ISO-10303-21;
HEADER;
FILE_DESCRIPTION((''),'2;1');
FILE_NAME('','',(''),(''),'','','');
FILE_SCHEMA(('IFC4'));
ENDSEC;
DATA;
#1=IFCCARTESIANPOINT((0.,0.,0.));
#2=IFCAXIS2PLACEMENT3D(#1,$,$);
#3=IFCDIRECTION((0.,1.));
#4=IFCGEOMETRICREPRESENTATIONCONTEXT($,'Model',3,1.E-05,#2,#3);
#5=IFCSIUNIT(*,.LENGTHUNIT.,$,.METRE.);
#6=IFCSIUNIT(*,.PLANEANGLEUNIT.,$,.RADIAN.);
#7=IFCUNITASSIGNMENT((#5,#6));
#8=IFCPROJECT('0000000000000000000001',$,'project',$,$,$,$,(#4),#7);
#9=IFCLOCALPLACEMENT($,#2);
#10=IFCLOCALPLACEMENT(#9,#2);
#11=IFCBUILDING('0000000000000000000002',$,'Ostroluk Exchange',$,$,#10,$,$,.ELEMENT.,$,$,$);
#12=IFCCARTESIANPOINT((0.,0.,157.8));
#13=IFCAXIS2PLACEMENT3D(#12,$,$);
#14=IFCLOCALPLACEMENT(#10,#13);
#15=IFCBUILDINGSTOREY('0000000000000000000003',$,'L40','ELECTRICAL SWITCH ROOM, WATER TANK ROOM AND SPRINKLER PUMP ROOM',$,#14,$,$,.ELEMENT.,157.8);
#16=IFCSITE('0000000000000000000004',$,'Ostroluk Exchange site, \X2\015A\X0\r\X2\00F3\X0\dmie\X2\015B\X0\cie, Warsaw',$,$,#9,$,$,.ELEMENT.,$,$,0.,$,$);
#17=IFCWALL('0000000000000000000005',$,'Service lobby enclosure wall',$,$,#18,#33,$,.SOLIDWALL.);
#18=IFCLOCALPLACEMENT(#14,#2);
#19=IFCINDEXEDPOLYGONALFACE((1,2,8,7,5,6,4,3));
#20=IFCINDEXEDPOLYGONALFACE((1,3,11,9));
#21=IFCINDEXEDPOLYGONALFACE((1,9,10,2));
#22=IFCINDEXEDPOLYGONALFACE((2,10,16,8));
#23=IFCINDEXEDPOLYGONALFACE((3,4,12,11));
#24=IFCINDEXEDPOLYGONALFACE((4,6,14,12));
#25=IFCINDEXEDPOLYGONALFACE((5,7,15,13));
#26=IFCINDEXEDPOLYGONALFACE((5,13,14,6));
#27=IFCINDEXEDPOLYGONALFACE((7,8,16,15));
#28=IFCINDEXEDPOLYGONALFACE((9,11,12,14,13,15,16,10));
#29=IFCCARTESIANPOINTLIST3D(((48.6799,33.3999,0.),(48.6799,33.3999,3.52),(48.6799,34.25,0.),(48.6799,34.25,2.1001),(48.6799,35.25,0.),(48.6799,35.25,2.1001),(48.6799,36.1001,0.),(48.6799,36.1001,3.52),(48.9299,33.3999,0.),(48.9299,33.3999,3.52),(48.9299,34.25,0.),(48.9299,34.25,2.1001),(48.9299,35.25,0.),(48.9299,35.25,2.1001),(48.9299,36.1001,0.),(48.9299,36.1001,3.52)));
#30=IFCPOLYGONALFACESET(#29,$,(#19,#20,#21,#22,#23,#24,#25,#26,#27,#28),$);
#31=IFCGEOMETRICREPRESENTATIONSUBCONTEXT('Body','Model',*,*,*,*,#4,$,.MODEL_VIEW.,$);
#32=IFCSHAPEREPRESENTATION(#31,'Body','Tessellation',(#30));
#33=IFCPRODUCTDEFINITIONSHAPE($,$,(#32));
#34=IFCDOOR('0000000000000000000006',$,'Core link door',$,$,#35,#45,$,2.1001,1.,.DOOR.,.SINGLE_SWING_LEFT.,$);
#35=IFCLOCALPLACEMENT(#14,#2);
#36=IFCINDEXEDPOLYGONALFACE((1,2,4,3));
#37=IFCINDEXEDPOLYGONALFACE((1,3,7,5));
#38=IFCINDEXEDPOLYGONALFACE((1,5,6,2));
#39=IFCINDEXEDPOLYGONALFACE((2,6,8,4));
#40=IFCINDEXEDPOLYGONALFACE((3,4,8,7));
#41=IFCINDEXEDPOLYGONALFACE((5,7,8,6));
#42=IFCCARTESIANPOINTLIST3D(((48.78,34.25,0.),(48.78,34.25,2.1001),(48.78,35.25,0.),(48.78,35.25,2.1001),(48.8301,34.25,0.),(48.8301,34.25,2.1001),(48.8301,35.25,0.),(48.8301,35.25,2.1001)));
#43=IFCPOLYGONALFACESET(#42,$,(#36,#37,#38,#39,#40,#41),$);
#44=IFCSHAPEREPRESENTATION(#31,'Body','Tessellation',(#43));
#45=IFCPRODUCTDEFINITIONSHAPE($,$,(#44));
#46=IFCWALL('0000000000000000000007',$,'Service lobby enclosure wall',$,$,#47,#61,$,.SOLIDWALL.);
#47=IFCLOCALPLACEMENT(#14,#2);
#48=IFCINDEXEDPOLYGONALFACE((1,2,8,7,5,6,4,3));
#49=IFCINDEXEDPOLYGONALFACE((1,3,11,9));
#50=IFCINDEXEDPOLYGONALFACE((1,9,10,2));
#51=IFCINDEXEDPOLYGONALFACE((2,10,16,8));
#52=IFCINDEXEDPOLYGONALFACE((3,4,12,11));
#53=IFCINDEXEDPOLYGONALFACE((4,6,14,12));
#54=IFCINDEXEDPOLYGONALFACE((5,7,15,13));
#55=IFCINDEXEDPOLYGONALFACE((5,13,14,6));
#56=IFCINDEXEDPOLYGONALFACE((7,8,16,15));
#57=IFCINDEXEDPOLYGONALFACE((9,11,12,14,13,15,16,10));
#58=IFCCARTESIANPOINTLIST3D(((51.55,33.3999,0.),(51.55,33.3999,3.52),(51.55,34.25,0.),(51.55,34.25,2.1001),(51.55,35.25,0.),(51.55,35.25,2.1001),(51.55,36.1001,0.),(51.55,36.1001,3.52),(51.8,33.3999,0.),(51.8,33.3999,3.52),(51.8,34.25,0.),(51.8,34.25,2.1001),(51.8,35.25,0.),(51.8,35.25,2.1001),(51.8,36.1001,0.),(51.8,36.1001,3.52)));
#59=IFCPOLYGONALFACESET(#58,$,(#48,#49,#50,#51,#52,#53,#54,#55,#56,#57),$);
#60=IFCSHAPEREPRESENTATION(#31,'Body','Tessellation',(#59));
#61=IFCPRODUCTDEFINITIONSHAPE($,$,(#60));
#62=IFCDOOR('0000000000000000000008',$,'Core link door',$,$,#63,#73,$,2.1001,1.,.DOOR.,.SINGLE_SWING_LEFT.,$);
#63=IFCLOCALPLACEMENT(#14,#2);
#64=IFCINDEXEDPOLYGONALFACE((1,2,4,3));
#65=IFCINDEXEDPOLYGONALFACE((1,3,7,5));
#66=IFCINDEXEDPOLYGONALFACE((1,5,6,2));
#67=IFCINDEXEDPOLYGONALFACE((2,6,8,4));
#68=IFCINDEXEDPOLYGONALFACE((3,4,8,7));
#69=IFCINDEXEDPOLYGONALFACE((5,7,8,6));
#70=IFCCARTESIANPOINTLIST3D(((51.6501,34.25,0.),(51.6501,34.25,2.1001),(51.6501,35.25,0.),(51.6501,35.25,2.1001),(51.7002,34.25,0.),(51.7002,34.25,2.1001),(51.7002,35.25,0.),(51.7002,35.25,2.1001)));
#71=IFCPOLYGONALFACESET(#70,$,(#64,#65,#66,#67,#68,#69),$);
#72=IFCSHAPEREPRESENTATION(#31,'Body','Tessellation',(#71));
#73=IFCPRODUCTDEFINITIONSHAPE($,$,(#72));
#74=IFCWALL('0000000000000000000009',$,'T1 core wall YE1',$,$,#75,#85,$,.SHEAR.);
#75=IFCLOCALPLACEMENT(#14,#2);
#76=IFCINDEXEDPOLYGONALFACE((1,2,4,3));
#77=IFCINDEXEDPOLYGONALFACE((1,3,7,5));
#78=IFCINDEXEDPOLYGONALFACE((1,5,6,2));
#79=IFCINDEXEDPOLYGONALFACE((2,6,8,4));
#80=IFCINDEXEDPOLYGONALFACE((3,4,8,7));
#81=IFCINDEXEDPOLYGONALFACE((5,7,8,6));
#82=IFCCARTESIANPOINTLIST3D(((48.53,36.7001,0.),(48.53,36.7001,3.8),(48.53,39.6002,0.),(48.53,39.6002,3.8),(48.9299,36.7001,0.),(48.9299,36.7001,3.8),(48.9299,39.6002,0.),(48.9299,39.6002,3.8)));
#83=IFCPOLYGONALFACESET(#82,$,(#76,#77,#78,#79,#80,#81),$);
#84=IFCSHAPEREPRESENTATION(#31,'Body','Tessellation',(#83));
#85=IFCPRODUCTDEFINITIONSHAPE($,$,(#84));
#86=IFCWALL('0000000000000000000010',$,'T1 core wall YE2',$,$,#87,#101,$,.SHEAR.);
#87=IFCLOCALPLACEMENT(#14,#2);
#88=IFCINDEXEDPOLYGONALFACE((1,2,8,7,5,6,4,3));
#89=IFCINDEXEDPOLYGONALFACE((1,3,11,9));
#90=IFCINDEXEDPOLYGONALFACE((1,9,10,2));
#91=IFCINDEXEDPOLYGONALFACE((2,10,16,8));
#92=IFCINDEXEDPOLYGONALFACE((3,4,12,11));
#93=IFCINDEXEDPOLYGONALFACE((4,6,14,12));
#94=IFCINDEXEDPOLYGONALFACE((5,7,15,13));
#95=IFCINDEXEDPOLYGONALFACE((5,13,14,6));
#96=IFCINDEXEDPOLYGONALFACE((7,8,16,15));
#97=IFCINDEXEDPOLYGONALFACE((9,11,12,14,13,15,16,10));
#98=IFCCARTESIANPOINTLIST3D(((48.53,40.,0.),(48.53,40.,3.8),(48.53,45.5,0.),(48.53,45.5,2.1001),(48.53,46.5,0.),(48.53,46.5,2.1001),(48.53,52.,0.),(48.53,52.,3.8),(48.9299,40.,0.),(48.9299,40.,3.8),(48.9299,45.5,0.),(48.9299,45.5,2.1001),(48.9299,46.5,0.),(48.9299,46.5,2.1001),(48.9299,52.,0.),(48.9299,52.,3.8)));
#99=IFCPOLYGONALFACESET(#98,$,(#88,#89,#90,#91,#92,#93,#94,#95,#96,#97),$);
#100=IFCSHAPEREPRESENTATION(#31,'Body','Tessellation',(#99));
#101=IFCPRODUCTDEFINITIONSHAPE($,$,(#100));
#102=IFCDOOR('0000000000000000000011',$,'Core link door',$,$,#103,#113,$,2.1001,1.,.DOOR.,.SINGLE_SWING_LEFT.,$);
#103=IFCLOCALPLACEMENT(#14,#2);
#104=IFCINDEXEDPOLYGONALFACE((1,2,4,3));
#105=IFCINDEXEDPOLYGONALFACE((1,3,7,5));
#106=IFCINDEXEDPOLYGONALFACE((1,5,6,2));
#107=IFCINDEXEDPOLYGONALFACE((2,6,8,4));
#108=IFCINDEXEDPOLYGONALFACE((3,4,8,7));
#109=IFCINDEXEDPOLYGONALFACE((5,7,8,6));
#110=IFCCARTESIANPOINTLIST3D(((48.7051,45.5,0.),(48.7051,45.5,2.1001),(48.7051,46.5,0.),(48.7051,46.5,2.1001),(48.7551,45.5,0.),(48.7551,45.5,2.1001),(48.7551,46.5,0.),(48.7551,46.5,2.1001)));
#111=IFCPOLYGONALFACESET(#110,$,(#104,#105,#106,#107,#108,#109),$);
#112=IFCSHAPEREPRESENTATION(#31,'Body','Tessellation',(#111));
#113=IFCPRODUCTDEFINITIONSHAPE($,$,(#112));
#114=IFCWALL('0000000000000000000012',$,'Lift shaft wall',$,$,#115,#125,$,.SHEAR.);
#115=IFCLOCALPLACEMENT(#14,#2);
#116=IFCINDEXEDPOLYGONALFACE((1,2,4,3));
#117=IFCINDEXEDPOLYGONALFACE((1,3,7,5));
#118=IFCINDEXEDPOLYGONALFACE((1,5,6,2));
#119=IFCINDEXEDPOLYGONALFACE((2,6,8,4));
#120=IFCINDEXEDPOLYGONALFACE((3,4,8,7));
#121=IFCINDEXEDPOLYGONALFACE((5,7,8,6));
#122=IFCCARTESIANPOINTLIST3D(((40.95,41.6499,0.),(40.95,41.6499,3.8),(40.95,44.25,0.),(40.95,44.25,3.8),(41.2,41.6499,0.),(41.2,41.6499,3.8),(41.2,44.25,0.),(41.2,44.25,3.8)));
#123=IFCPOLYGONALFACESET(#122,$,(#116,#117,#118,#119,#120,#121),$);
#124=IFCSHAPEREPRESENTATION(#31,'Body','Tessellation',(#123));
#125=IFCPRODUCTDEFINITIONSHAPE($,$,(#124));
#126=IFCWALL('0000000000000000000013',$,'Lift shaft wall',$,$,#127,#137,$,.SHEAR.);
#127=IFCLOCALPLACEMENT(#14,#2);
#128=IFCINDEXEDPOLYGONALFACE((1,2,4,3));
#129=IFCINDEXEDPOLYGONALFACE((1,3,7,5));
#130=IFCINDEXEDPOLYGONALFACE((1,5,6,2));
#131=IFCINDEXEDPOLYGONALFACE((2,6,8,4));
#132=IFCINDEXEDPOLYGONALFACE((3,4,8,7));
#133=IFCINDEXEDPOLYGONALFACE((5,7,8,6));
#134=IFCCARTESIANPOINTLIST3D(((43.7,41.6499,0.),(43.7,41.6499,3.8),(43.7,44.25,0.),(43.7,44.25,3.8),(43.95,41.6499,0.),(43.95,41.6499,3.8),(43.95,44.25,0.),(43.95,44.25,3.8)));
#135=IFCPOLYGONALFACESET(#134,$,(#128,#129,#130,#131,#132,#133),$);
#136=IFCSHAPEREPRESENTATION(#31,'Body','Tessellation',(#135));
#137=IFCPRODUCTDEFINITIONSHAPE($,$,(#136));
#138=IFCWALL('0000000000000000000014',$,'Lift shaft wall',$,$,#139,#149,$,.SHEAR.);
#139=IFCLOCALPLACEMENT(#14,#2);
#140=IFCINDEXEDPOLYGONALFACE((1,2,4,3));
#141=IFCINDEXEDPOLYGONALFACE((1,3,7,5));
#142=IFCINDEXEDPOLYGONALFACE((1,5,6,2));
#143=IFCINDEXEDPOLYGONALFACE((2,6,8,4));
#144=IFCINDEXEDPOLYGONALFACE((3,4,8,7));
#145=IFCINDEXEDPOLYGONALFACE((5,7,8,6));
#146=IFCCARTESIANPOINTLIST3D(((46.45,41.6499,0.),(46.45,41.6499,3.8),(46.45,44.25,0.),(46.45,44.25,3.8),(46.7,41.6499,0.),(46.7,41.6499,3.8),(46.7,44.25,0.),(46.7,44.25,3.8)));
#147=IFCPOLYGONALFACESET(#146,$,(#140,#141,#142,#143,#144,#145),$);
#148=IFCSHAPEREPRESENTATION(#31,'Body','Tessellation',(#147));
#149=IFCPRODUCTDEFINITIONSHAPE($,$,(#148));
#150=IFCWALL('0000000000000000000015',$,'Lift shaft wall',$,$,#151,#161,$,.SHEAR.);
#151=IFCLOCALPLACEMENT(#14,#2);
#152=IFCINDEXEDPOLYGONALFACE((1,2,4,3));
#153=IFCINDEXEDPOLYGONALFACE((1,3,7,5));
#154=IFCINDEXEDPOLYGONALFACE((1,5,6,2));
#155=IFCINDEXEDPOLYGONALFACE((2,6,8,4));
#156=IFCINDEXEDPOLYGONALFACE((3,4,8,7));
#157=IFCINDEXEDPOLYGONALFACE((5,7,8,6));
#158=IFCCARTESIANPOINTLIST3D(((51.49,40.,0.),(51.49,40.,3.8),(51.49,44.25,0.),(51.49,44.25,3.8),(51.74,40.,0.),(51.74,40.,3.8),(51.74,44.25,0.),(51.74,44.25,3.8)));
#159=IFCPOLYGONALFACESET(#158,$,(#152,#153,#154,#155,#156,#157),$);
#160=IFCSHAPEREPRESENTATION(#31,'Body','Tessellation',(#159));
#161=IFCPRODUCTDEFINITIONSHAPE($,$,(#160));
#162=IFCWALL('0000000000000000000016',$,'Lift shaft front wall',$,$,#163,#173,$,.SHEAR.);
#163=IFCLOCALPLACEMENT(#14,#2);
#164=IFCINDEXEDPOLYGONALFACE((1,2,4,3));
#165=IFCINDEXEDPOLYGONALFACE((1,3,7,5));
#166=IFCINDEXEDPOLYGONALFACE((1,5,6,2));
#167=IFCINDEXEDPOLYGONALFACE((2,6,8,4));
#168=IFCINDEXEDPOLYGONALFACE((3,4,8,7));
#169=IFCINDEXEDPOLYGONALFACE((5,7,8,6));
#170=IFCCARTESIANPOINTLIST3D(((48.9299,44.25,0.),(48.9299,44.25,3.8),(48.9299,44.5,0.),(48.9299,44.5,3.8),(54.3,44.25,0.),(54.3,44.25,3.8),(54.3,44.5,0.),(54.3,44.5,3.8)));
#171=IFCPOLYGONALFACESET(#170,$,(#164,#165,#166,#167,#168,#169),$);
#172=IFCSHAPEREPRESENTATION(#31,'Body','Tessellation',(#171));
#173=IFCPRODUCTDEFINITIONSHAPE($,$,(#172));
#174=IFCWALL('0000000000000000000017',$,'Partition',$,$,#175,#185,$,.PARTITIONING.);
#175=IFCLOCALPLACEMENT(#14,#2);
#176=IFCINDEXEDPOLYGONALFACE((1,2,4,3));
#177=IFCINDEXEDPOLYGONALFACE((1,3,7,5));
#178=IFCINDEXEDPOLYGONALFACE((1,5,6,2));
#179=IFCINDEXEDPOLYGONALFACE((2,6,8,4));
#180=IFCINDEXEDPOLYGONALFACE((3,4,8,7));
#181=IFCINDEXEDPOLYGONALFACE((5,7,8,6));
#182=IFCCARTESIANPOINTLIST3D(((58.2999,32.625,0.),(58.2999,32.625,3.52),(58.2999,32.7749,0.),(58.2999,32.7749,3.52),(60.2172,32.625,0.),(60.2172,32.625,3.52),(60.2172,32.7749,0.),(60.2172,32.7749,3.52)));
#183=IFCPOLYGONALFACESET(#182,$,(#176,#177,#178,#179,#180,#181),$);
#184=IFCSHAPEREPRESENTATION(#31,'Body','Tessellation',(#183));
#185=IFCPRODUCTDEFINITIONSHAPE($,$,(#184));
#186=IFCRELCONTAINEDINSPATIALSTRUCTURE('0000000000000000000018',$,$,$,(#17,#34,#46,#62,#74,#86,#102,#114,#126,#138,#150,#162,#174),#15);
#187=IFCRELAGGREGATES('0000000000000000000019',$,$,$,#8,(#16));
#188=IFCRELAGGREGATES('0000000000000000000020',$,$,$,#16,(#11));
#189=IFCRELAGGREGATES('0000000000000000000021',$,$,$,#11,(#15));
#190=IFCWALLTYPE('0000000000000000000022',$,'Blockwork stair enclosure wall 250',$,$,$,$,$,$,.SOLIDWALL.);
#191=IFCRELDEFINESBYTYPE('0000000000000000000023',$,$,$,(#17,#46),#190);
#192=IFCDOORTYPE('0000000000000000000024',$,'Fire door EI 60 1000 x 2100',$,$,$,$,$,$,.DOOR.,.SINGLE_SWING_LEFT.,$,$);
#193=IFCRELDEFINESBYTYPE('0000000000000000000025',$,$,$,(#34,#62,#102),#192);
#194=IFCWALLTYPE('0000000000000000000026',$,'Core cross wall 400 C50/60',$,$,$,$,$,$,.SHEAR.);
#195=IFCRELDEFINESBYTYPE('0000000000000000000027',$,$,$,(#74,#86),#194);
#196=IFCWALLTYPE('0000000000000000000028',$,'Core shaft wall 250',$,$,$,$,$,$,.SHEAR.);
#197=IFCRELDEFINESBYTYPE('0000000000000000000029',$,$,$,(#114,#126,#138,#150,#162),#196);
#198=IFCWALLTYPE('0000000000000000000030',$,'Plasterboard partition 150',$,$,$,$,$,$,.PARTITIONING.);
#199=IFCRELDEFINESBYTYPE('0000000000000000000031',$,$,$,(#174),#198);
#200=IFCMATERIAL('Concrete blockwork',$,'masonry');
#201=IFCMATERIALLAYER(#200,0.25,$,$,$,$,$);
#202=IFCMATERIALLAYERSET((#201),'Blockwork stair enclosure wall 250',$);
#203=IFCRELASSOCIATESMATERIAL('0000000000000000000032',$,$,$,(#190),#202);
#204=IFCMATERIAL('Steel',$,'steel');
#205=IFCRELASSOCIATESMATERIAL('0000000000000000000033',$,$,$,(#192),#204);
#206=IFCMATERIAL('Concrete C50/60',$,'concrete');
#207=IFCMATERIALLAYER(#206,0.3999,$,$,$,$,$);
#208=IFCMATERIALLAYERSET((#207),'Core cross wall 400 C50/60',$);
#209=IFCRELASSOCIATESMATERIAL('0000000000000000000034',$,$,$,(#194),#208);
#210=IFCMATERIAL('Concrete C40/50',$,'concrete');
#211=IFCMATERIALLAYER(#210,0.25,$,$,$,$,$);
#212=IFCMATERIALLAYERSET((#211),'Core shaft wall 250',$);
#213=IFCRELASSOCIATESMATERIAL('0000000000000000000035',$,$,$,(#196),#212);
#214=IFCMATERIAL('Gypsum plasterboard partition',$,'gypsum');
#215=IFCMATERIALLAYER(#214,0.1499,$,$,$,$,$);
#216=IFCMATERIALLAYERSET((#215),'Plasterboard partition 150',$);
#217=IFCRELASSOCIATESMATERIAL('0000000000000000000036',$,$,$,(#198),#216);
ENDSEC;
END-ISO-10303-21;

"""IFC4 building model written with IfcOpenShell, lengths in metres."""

from ifc_helpers import new_model, si_unit, direction, frame, frame_2d, origin, place, context, subcontext, project, spatial, rectangle, extrude, material, layer, layer_set, type_object, element, fill, save


model = new_model("IFC4")

# Units and contexts
model_context = context("Model", 3, precision=1e-05, world=origin(), true_north=direction((0.0, 1.0)))
body_context = subcontext(model_context, "Body", "Model", "MODEL_VIEW")
ifc_project = project(units=[si_unit("LENGTHUNIT", "METRE"), si_unit("PLANEANGLEUNIT", "RADIAN")], contexts=[model_context])

# Site, building, storey
site_placement = place(None, origin())
site = spatial("IfcSite", under=ifc_project, at=site_placement, Name="Ostroluk Exchange site, Śródmieście, Warsaw", CompositionType="ELEMENT", RefElevation=0.0)
building_placement = place(site_placement, origin())
building = spatial("IfcBuilding", under=site, at=building_placement, Name="Ostroluk Exchange", CompositionType="ELEMENT")
storey_placement = place(building_placement, frame((0.0, 0.0, 157.8)))
storey = spatial("IfcBuildingStorey", under=building, at=storey_placement, Name="L40", Description="ELECTRICAL SWITCH ROOM, WATER TANK ROOM AND SPRINKLER PUMP ROOM", CompositionType="ELEMENT", Elevation=157.8)

# Walls, openings, doors
ifc_material_1 = material(Name="Concrete blockwork", Category="masonry")
ifc_layer_1 = layer(ifc_material_1, 0.25)
ifc_layer_set_1 = layer_set([ifc_layer_1], Name="Blockwork stair enclosure wall 250")
wall_type_1 = type_object("IfcWallType", Name="Blockwork stair enclosure wall 250", PredefinedType="SOLIDWALL", material=ifc_layer_set_1)
wall_1_placement = place(storey_placement, frame((48.8049, 33.3999, 0.0), z_axis=(0.0, 0.0, 1.0), x_axis=(0.0, 1.0, 0.0)))
wall_1 = element("IfcWall", 1, at=wall_1_placement, inside=storey, type_object=wall_type_1, Name="Service lobby enclosure wall", PredefinedType="SOLIDWALL", context=body_context, shape_type="SweptSolid", body=[
    extrude(rectangle(XDim=2.7002, YDim=0.25, at=frame_2d((1.3501, 0.0))), origin(), (0.0, 0.0, 1.0), 3.52),
])
opening_1_placement = place(wall_1_placement, frame((0.8501, 0.0, 0.0)))
opening_1 = element("IfcOpeningElement", 2, at=opening_1_placement, cuts=wall_1, PredefinedType="OPENING", context=body_context, shape_type="SweptSolid", body=[
    extrude(rectangle(XDim=1.0, YDim=2.1001, at=frame_2d((0.5, 1.05))), frame((0.0, 0.135, 0.0), z_axis=(0.0, -1.0, 0.0), x_axis=(1.0, 0.0, 0.0)), (0.0, 0.0, 1.0), 0.27),
])
ifc_material_2 = material(Name="Steel", Category="steel")
door_type_1 = type_object("IfcDoorType", Name="Fire door EI 60 1000 x 2100", OperationType="SINGLE_SWING_LEFT", PredefinedType="DOOR", material=ifc_material_2)
door_1_placement = place(opening_1_placement, origin())
door_1 = element("IfcDoor", 3, at=door_1_placement, inside=storey, type_object=door_type_1, Name="Core link door", OperationType="SINGLE_SWING_LEFT", OverallHeight=2.1001, OverallWidth=1.0, PredefinedType="DOOR", context=body_context, shape_type="SweptSolid", body=[
    extrude(rectangle(XDim=1.0, YDim=2.1001, at=frame_2d((0.5, 1.05))), frame((0.0, 0.0249, 0.0), z_axis=(0.0, -1.0, 0.0), x_axis=(1.0, 0.0, 0.0)), (0.0, 0.0, 1.0), 0.05),
])
fill(opening_1, door_1)
wall_2_placement = place(storey_placement, frame((51.675, 33.3999, 0.0), z_axis=(0.0, 0.0, 1.0), x_axis=(0.0, 1.0, 0.0)))
wall_2 = element("IfcWall", 4, at=wall_2_placement, inside=storey, type_object=wall_type_1, Name="Service lobby enclosure wall", PredefinedType="SOLIDWALL", context=body_context, shape_type="SweptSolid", body=[
    extrude(rectangle(XDim=2.7002, YDim=0.25, at=frame_2d((1.3501, 0.0))), origin(), (0.0, 0.0, 1.0), 3.52),
])
opening_2_placement = place(wall_2_placement, frame((0.8501, 0.0, 0.0)))
opening_2 = element("IfcOpeningElement", 5, at=opening_2_placement, cuts=wall_2, PredefinedType="OPENING", context=body_context, shape_type="SweptSolid", body=[
    extrude(rectangle(XDim=1.0, YDim=2.1001, at=frame_2d((0.5, 1.05))), frame((0.0, 0.135, 0.0), z_axis=(0.0, -1.0, 0.0), x_axis=(1.0, 0.0, 0.0)), (0.0, 0.0, 1.0), 0.27),
])
door_2_placement = place(opening_2_placement, origin())
door_2 = element("IfcDoor", 6, at=door_2_placement, inside=storey, type_object=door_type_1, Name="Core link door", OperationType="SINGLE_SWING_LEFT", OverallHeight=2.1001, OverallWidth=1.0, PredefinedType="DOOR", context=body_context, shape_type="SweptSolid", body=[
    extrude(rectangle(XDim=1.0, YDim=2.1001, at=frame_2d((0.5, 1.05))), frame((0.0, 0.0249, 0.0), z_axis=(0.0, -1.0, 0.0), x_axis=(1.0, 0.0, 0.0)), (0.0, 0.0, 1.0), 0.05),
])
fill(opening_2, door_2)

# Wall
ifc_material_3 = material(Name="Concrete C50/60", Category="concrete")
ifc_layer_2 = layer(ifc_material_3, 0.3999)
ifc_layer_set_2 = layer_set([ifc_layer_2], Name="Core cross wall 400 C50/60")
wall_type_2 = type_object("IfcWallType", Name="Core cross wall 400 C50/60", PredefinedType="SHEAR", material=ifc_layer_set_2)
wall_3_placement = place(storey_placement, frame((48.73, 36.7, 0.0), z_axis=(0.0, 0.0, 1.0), x_axis=(0.0, 1.0, 0.0)))
element("IfcWall", 7, at=wall_3_placement, inside=storey, type_object=wall_type_2, Name="T1 core wall YE1", PredefinedType="SHEAR", context=body_context, shape_type="SweptSolid", body=[
    extrude(rectangle(XDim=2.9001, YDim=0.3999, at=frame_2d((1.4502, 0.0))), origin(), (0.0, 0.0, 1.0), 3.8),
])

# Wall, opening, door
wall_4_placement = place(storey_placement, frame((48.73, 40.0, 0.0), z_axis=(0.0, 0.0, 1.0), x_axis=(0.0, 1.0, 0.0)))
wall_4 = element("IfcWall", 8, at=wall_4_placement, inside=storey, type_object=wall_type_2, Name="T1 core wall YE2", PredefinedType="SHEAR", context=body_context, shape_type="SweptSolid", body=[
    extrude(rectangle(XDim=12.0, YDim=0.3999, at=frame_2d((6.0, 0.0))), origin(), (0.0, 0.0, 1.0), 3.8),
])
opening_3_placement = place(wall_4_placement, frame((5.5, 0.0, 0.0)))
opening_3 = element("IfcOpeningElement", 9, at=opening_3_placement, cuts=wall_4, PredefinedType="OPENING", context=body_context, shape_type="SweptSolid", body=[
    extrude(rectangle(XDim=1.0, YDim=2.1001, at=frame_2d((0.5, 1.05))), frame((0.0, 0.21, 0.0), z_axis=(0.0, -1.0, 0.0), x_axis=(1.0, 0.0, 0.0)), (0.0, 0.0, 1.0), 0.4199),
])
door_3_placement = place(opening_3_placement, origin())
door_3 = element("IfcDoor", 10, at=door_3_placement, inside=storey, type_object=door_type_1, Name="Core link door", OperationType="SINGLE_SWING_LEFT", OverallHeight=2.1001, OverallWidth=1.0, PredefinedType="DOOR", context=body_context, shape_type="SweptSolid", body=[
    extrude(rectangle(XDim=1.0, YDim=2.1001, at=frame_2d((0.5, 1.05))), frame((0.0, 0.0249, 0.0), z_axis=(0.0, -1.0, 0.0), x_axis=(1.0, 0.0, 0.0)), (0.0, 0.0, 1.0), 0.05),
])
fill(opening_3, door_3)
ifc_material_4 = material(Name="Concrete C40/50", Category="concrete")
ifc_layer_3 = layer(ifc_material_4, 0.25)
ifc_layer_set_3 = layer_set([ifc_layer_3], Name="Core shaft wall 250")
wall_type_3 = type_object("IfcWallType", Name="Core shaft wall 250", PredefinedType="SHEAR", material=ifc_layer_set_3)

# Walls
for number, where, z_axis, x_axis, name in (
    (11, (41.075, 44.25, 0.0), (0.0, 0.0, 1.0), (0.0, -1.0, 0.0), "Lift shaft wall"),
    (12, (43.825, 44.25, 0.0), (0.0, 0.0, 1.0), (0.0, -1.0, 0.0), "Lift shaft wall"),
    (13, (46.575, 44.25, 0.0), (0.0, 0.0, 1.0), (0.0, -1.0, 0.0), "Lift shaft wall"),
):
    element("IfcWall", number, at=place(storey_placement, frame(where, z_axis=z_axis, x_axis=x_axis)), inside=storey, type_object=wall_type_3, Name=name, PredefinedType="SHEAR", context=body_context, shape_type="SweptSolid", body=[
        extrude(rectangle(XDim=2.6001, YDim=0.25, at=frame_2d((1.3, 0.0))), origin(), (0.0, 0.0, 1.0), 3.8),
    ])
wall_5_placement = place(storey_placement, frame((51.615, 44.25, 0.0), z_axis=(0.0, 0.0, 1.0), x_axis=(0.0, -1.0, 0.0)))
element("IfcWall", 14, at=wall_5_placement, inside=storey, type_object=wall_type_3, Name="Lift shaft wall", PredefinedType="SHEAR", context=body_context, shape_type="SweptSolid", body=[
    extrude(rectangle(XDim=4.25, YDim=0.25, at=frame_2d((2.125, 0.0))), origin(), (0.0, 0.0, 1.0), 3.8),
])
wall_6_placement = place(storey_placement, frame((48.9299, 44.375, 0.0), z_axis=(0.0, 0.0, 1.0), x_axis=(1.0, 0.0, 0.0)))
element("IfcWall", 15, at=wall_6_placement, inside=storey, type_object=wall_type_3, Name="Lift shaft front wall", PredefinedType="SHEAR", context=body_context, shape_type="SweptSolid", body=[
    extrude(rectangle(XDim=5.3701, YDim=0.25, at=frame_2d((2.6851, 0.0))), origin(), (0.0, 0.0, 1.0), 3.8),
])

# Wall
ifc_material_5 = material(Name="Gypsum plasterboard partition", Category="gypsum")
ifc_layer_4 = layer(ifc_material_5, 0.1499)
ifc_layer_set_4 = layer_set([ifc_layer_4], Name="Plasterboard partition 150")
wall_type_4 = type_object("IfcWallType", Name="Plasterboard partition 150", PredefinedType="PARTITIONING", material=ifc_layer_set_4)
for number, where, z_axis, x_axis, name in (
    (16, (58.3, 32.7, 0.0), (0.0, 0.0, 1.0), (1.0, 0.0, 0.0), "Partition"),
):
    element("IfcWall", number, at=place(storey_placement, frame(where, z_axis=z_axis, x_axis=x_axis)), inside=storey, type_object=wall_type_4, Name=name, PredefinedType="PARTITIONING", context=body_context, shape_type="SweptSolid", body=[
        extrude(rectangle(XDim=1.9172, YDim=0.1499, at=frame_2d((0.9585, 0.0))), origin(), (0.0, 0.0, 1.0), 3.52),
    ])

save(model, "model.ifc")
